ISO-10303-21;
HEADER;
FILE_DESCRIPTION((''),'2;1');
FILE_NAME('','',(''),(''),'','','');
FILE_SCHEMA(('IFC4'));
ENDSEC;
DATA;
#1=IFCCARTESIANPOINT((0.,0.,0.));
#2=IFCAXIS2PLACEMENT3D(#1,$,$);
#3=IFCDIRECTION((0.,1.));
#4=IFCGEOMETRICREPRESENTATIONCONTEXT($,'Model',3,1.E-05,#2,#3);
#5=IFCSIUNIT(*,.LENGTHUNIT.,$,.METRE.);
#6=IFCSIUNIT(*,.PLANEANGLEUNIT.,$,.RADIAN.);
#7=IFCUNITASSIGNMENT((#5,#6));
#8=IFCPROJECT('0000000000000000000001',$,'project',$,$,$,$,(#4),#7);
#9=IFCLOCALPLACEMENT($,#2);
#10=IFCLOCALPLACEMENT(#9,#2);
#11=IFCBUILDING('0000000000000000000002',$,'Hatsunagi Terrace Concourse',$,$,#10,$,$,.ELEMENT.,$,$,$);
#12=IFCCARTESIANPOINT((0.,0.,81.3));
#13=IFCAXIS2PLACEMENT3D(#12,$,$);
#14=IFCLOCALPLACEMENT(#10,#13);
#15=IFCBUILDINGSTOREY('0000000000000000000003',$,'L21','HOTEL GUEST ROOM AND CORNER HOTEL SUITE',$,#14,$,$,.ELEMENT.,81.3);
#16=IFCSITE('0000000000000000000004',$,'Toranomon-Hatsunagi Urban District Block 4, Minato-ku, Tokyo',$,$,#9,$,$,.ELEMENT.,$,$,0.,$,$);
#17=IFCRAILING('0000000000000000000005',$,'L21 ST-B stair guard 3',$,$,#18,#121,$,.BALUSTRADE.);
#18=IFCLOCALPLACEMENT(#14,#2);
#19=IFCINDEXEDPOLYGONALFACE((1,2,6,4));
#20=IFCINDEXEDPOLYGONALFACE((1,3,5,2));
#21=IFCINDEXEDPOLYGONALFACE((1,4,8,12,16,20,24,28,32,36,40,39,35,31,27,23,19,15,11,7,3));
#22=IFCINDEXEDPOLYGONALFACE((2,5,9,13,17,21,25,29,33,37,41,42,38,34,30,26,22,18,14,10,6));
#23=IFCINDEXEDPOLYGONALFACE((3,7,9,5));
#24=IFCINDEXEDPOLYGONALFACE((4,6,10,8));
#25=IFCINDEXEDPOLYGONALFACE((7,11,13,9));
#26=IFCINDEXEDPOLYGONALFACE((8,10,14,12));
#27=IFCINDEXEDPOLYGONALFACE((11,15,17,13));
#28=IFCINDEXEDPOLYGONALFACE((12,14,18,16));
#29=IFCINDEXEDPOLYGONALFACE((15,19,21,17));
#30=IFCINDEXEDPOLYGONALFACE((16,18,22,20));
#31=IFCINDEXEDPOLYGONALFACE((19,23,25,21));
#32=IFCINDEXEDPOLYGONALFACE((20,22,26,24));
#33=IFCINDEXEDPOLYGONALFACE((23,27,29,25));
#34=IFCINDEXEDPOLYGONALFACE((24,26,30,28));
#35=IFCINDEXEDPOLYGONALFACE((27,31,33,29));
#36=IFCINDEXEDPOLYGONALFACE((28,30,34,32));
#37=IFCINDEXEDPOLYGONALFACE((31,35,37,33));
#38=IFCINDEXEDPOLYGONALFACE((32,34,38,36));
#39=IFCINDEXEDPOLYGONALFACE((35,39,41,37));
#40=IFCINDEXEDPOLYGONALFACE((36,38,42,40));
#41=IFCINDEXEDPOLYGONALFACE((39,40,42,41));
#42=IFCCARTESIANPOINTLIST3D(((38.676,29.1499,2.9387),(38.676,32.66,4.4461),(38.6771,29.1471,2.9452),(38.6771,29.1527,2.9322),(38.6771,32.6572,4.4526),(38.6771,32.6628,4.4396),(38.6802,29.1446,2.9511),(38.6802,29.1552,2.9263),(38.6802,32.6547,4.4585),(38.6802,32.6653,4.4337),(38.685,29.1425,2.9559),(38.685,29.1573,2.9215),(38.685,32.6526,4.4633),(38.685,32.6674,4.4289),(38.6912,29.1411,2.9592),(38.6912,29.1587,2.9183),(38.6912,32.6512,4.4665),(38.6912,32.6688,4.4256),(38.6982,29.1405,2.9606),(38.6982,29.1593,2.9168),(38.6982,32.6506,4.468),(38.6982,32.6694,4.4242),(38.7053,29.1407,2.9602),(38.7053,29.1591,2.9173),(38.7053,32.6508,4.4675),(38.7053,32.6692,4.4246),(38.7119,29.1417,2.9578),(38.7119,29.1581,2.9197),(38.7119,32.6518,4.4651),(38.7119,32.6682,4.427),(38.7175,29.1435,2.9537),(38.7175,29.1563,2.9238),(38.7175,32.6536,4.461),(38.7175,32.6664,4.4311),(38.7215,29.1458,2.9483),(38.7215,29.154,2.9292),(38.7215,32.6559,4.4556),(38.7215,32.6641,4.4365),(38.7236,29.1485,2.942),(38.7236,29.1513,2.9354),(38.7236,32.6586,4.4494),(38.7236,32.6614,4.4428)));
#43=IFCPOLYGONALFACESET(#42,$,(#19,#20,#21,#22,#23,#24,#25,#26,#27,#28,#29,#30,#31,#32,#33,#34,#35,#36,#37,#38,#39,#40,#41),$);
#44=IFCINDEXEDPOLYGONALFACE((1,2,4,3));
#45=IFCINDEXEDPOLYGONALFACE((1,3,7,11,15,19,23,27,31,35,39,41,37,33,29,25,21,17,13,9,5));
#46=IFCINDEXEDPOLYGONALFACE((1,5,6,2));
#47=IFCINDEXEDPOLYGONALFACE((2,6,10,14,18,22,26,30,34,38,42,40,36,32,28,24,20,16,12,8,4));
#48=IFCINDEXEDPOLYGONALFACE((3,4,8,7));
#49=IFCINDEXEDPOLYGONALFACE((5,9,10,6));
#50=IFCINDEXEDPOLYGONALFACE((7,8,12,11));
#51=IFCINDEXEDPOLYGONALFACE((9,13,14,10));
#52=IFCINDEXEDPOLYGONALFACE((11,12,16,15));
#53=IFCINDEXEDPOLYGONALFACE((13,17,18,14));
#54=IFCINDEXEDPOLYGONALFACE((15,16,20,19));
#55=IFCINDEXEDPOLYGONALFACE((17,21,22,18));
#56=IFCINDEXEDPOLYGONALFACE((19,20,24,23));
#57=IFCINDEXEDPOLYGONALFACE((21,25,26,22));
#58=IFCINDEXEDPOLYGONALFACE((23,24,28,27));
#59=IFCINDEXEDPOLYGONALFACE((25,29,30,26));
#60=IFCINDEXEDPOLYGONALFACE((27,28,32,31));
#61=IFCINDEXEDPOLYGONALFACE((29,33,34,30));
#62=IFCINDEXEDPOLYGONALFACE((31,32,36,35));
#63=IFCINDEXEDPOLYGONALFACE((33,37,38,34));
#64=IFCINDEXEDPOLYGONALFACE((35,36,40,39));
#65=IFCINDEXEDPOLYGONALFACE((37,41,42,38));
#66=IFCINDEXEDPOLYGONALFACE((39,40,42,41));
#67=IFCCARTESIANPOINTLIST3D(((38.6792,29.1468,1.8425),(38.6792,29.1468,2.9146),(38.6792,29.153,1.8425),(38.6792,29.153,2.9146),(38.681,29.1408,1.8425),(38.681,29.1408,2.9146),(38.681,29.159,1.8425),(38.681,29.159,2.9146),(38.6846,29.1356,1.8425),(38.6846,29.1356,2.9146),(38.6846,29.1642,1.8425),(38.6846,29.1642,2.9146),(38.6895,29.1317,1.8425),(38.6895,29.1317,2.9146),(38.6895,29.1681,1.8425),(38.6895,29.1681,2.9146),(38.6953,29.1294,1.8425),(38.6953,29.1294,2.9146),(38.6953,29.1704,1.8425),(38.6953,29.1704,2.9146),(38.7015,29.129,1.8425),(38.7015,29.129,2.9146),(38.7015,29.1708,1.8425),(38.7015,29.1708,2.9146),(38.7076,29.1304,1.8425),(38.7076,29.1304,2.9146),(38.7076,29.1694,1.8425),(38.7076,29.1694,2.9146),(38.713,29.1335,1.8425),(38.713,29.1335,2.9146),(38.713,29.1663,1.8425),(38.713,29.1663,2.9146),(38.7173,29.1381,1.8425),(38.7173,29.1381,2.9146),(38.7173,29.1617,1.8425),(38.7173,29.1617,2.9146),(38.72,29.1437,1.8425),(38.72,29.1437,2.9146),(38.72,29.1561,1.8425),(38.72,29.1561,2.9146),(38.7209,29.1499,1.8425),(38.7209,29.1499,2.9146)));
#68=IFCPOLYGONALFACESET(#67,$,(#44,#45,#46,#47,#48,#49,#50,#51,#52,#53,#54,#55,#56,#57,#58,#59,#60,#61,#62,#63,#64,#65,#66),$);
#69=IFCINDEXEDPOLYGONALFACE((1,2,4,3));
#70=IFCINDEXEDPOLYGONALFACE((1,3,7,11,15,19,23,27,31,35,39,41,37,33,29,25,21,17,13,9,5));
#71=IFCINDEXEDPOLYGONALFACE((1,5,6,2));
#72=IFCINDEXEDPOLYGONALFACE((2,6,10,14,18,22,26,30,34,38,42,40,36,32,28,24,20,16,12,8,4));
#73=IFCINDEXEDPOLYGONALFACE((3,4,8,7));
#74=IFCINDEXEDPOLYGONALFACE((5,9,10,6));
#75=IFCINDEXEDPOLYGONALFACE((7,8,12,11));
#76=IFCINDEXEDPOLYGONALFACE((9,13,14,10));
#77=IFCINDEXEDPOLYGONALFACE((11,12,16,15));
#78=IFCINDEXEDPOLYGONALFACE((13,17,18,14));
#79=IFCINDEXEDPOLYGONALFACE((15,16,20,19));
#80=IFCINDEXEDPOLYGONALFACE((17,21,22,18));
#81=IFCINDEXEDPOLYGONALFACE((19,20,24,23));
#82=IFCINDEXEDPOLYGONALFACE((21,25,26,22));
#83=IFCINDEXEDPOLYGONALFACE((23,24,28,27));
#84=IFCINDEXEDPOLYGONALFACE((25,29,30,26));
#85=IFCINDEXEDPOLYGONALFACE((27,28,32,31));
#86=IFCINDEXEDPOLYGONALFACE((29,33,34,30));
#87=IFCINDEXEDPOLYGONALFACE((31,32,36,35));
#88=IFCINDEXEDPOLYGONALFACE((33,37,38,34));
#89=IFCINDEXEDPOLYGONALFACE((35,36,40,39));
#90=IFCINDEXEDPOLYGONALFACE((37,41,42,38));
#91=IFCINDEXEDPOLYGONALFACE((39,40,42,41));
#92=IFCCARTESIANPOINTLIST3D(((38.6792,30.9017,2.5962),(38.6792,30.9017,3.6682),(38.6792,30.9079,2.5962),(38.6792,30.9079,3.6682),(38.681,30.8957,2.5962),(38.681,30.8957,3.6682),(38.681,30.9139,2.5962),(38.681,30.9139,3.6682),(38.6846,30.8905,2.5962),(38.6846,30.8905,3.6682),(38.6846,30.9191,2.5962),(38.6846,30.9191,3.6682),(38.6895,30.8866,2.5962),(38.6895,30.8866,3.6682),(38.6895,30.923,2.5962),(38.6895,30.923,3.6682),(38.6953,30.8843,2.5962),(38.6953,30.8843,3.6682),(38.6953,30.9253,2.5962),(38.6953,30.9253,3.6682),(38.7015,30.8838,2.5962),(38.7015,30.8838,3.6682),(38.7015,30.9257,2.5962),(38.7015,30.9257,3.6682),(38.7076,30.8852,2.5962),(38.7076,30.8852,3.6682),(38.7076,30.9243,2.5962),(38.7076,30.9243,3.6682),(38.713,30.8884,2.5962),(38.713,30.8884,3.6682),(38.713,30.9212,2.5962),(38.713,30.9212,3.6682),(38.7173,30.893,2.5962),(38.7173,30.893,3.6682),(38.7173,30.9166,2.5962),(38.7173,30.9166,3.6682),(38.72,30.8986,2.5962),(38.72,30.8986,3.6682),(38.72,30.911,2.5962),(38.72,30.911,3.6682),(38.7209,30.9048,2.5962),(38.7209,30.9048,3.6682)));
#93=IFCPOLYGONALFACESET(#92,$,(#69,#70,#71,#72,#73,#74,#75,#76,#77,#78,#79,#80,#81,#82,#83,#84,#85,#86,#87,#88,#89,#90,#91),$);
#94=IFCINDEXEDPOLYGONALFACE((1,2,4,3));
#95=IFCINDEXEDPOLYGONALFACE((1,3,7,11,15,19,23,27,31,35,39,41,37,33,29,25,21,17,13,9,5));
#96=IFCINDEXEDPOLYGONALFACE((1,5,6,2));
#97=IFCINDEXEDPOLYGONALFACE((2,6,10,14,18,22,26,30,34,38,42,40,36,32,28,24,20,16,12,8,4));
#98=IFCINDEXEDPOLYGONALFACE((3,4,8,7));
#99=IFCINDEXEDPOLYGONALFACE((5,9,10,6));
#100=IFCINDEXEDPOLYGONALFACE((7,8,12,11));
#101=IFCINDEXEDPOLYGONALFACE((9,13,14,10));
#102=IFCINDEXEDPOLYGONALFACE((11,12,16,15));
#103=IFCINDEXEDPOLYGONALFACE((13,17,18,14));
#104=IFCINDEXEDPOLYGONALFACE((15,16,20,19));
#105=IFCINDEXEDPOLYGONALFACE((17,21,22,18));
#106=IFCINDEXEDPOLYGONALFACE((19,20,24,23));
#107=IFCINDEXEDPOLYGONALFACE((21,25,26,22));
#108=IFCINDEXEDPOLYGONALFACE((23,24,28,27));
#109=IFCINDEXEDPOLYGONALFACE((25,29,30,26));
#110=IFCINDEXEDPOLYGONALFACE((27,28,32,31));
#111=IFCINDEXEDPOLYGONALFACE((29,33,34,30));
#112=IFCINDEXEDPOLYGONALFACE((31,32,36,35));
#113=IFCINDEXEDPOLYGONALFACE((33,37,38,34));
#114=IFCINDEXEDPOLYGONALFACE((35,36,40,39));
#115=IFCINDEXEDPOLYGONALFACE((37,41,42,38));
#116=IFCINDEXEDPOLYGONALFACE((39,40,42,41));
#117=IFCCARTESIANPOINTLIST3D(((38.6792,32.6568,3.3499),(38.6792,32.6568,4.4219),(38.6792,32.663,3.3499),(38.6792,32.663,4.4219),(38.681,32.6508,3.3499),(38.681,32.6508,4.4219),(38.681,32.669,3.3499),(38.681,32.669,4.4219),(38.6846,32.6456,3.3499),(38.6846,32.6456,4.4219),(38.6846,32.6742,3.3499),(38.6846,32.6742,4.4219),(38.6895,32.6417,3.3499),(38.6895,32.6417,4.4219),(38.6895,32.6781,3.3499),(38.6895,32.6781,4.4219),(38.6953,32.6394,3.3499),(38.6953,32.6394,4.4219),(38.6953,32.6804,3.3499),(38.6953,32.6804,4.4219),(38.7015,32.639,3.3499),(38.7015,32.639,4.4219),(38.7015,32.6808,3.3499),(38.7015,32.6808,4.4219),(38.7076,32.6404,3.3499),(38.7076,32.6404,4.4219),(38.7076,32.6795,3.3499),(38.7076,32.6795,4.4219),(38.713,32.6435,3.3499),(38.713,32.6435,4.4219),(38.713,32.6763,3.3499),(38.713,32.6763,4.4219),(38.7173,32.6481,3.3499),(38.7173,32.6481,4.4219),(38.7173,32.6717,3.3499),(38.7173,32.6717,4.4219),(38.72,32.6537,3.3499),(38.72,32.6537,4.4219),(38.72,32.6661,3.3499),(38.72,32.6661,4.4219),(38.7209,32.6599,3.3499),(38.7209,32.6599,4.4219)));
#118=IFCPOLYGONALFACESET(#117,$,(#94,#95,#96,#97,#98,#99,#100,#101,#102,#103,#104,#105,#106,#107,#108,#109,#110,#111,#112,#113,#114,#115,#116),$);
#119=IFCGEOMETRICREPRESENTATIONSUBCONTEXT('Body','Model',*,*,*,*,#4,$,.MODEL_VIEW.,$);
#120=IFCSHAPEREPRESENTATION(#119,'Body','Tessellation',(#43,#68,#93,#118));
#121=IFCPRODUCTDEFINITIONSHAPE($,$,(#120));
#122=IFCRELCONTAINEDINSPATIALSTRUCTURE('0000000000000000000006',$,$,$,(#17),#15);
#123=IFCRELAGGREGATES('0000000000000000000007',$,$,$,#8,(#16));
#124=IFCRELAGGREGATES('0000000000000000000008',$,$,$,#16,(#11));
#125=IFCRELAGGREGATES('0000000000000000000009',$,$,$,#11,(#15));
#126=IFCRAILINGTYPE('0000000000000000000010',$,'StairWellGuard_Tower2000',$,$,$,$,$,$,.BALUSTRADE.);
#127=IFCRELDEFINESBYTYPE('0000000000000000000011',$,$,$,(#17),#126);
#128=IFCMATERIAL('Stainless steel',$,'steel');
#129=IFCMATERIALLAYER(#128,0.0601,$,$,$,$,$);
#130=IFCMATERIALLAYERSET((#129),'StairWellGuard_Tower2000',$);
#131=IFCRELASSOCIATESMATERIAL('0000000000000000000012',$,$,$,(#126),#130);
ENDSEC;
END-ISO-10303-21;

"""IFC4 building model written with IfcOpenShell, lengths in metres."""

from ifc_helpers import new_model, si_unit, direction, frame, origin, origin_2d, place, context, subcontext, project, spatial, circle, extrude, material, layer, layer_set, type_object, element, save


model = new_model("IFC4")

# Units and contexts
model_context = context("Model", 3, precision=1e-05, world=origin(), true_north=direction((0.0, 1.0)))
body_context = subcontext(model_context, "Body", "Model", "MODEL_VIEW")
ifc_project = project(units=[si_unit("LENGTHUNIT", "METRE"), si_unit("PLANEANGLEUNIT", "RADIAN")], contexts=[model_context])

# Site, building, storey
site_placement = place(None, origin())
site = spatial("IfcSite", under=ifc_project, at=site_placement, Name="Toranomon-Hatsunagi Urban District Block 4, Minato-ku, Tokyo", CompositionType="ELEMENT", RefElevation=0.0)
building_placement = place(site_placement, origin())
building = spatial("IfcBuilding", under=site, at=building_placement, Name="Hatsunagi Terrace Concourse", CompositionType="ELEMENT")
storey_placement = place(building_placement, frame((0.0, 0.0, 81.3)))
storey = spatial("IfcBuildingStorey", under=building, at=storey_placement, Name="L21", Description="HOTEL GUEST ROOM AND CORNER HOTEL SUITE", CompositionType="ELEMENT", Elevation=81.3)

# Railing
ifc_material_1 = material(Name="Stainless steel", Category="steel")
ifc_layer_1 = layer(ifc_material_1, 0.0601)
ifc_layer_set_1 = layer_set([ifc_layer_1], Name="StairWellGuard_Tower2000")
railing_type_1 = type_object("IfcRailingType", Name="StairWellGuard_Tower2000", PredefinedType="BALUSTRADE", material=ifc_layer_set_1)
railing_1_placement = place(storey_placement, frame((38.7, 29.1499, 1.8425)))
element("IfcRailing", 1, at=railing_1_placement, inside=storey, type_object=railing_type_1, Name="L21 ST-B stair guard 3", PredefinedType="BALUSTRADE", context=body_context, shape_type="SweptSolid", body=[
    extrude(circle(Radius=0.0239, at=origin_2d()), frame((0.0, 0.0, 1.0962), z_axis=(0.0, 0.918857, 0.39459), x_axis=(-1.0, 0.0, 0.0)), (0.0, 0.0, 1.0), 3.8201),
    extrude(circle(Radius=0.021, at=origin_2d()), origin(), (0.0, 0.0, 1.0), 1.072),
    extrude(circle(Radius=0.021, at=origin_2d()), frame((0.0, 1.7549, 0.7537)), (0.0, 0.0, 1.0), 1.072),
    extrude(circle(Radius=0.021, at=origin_2d()), frame((0.0, 3.51, 1.5073)), (0.0, 0.0, 1.0), 1.072),
])

save(model, "model.ifc")
